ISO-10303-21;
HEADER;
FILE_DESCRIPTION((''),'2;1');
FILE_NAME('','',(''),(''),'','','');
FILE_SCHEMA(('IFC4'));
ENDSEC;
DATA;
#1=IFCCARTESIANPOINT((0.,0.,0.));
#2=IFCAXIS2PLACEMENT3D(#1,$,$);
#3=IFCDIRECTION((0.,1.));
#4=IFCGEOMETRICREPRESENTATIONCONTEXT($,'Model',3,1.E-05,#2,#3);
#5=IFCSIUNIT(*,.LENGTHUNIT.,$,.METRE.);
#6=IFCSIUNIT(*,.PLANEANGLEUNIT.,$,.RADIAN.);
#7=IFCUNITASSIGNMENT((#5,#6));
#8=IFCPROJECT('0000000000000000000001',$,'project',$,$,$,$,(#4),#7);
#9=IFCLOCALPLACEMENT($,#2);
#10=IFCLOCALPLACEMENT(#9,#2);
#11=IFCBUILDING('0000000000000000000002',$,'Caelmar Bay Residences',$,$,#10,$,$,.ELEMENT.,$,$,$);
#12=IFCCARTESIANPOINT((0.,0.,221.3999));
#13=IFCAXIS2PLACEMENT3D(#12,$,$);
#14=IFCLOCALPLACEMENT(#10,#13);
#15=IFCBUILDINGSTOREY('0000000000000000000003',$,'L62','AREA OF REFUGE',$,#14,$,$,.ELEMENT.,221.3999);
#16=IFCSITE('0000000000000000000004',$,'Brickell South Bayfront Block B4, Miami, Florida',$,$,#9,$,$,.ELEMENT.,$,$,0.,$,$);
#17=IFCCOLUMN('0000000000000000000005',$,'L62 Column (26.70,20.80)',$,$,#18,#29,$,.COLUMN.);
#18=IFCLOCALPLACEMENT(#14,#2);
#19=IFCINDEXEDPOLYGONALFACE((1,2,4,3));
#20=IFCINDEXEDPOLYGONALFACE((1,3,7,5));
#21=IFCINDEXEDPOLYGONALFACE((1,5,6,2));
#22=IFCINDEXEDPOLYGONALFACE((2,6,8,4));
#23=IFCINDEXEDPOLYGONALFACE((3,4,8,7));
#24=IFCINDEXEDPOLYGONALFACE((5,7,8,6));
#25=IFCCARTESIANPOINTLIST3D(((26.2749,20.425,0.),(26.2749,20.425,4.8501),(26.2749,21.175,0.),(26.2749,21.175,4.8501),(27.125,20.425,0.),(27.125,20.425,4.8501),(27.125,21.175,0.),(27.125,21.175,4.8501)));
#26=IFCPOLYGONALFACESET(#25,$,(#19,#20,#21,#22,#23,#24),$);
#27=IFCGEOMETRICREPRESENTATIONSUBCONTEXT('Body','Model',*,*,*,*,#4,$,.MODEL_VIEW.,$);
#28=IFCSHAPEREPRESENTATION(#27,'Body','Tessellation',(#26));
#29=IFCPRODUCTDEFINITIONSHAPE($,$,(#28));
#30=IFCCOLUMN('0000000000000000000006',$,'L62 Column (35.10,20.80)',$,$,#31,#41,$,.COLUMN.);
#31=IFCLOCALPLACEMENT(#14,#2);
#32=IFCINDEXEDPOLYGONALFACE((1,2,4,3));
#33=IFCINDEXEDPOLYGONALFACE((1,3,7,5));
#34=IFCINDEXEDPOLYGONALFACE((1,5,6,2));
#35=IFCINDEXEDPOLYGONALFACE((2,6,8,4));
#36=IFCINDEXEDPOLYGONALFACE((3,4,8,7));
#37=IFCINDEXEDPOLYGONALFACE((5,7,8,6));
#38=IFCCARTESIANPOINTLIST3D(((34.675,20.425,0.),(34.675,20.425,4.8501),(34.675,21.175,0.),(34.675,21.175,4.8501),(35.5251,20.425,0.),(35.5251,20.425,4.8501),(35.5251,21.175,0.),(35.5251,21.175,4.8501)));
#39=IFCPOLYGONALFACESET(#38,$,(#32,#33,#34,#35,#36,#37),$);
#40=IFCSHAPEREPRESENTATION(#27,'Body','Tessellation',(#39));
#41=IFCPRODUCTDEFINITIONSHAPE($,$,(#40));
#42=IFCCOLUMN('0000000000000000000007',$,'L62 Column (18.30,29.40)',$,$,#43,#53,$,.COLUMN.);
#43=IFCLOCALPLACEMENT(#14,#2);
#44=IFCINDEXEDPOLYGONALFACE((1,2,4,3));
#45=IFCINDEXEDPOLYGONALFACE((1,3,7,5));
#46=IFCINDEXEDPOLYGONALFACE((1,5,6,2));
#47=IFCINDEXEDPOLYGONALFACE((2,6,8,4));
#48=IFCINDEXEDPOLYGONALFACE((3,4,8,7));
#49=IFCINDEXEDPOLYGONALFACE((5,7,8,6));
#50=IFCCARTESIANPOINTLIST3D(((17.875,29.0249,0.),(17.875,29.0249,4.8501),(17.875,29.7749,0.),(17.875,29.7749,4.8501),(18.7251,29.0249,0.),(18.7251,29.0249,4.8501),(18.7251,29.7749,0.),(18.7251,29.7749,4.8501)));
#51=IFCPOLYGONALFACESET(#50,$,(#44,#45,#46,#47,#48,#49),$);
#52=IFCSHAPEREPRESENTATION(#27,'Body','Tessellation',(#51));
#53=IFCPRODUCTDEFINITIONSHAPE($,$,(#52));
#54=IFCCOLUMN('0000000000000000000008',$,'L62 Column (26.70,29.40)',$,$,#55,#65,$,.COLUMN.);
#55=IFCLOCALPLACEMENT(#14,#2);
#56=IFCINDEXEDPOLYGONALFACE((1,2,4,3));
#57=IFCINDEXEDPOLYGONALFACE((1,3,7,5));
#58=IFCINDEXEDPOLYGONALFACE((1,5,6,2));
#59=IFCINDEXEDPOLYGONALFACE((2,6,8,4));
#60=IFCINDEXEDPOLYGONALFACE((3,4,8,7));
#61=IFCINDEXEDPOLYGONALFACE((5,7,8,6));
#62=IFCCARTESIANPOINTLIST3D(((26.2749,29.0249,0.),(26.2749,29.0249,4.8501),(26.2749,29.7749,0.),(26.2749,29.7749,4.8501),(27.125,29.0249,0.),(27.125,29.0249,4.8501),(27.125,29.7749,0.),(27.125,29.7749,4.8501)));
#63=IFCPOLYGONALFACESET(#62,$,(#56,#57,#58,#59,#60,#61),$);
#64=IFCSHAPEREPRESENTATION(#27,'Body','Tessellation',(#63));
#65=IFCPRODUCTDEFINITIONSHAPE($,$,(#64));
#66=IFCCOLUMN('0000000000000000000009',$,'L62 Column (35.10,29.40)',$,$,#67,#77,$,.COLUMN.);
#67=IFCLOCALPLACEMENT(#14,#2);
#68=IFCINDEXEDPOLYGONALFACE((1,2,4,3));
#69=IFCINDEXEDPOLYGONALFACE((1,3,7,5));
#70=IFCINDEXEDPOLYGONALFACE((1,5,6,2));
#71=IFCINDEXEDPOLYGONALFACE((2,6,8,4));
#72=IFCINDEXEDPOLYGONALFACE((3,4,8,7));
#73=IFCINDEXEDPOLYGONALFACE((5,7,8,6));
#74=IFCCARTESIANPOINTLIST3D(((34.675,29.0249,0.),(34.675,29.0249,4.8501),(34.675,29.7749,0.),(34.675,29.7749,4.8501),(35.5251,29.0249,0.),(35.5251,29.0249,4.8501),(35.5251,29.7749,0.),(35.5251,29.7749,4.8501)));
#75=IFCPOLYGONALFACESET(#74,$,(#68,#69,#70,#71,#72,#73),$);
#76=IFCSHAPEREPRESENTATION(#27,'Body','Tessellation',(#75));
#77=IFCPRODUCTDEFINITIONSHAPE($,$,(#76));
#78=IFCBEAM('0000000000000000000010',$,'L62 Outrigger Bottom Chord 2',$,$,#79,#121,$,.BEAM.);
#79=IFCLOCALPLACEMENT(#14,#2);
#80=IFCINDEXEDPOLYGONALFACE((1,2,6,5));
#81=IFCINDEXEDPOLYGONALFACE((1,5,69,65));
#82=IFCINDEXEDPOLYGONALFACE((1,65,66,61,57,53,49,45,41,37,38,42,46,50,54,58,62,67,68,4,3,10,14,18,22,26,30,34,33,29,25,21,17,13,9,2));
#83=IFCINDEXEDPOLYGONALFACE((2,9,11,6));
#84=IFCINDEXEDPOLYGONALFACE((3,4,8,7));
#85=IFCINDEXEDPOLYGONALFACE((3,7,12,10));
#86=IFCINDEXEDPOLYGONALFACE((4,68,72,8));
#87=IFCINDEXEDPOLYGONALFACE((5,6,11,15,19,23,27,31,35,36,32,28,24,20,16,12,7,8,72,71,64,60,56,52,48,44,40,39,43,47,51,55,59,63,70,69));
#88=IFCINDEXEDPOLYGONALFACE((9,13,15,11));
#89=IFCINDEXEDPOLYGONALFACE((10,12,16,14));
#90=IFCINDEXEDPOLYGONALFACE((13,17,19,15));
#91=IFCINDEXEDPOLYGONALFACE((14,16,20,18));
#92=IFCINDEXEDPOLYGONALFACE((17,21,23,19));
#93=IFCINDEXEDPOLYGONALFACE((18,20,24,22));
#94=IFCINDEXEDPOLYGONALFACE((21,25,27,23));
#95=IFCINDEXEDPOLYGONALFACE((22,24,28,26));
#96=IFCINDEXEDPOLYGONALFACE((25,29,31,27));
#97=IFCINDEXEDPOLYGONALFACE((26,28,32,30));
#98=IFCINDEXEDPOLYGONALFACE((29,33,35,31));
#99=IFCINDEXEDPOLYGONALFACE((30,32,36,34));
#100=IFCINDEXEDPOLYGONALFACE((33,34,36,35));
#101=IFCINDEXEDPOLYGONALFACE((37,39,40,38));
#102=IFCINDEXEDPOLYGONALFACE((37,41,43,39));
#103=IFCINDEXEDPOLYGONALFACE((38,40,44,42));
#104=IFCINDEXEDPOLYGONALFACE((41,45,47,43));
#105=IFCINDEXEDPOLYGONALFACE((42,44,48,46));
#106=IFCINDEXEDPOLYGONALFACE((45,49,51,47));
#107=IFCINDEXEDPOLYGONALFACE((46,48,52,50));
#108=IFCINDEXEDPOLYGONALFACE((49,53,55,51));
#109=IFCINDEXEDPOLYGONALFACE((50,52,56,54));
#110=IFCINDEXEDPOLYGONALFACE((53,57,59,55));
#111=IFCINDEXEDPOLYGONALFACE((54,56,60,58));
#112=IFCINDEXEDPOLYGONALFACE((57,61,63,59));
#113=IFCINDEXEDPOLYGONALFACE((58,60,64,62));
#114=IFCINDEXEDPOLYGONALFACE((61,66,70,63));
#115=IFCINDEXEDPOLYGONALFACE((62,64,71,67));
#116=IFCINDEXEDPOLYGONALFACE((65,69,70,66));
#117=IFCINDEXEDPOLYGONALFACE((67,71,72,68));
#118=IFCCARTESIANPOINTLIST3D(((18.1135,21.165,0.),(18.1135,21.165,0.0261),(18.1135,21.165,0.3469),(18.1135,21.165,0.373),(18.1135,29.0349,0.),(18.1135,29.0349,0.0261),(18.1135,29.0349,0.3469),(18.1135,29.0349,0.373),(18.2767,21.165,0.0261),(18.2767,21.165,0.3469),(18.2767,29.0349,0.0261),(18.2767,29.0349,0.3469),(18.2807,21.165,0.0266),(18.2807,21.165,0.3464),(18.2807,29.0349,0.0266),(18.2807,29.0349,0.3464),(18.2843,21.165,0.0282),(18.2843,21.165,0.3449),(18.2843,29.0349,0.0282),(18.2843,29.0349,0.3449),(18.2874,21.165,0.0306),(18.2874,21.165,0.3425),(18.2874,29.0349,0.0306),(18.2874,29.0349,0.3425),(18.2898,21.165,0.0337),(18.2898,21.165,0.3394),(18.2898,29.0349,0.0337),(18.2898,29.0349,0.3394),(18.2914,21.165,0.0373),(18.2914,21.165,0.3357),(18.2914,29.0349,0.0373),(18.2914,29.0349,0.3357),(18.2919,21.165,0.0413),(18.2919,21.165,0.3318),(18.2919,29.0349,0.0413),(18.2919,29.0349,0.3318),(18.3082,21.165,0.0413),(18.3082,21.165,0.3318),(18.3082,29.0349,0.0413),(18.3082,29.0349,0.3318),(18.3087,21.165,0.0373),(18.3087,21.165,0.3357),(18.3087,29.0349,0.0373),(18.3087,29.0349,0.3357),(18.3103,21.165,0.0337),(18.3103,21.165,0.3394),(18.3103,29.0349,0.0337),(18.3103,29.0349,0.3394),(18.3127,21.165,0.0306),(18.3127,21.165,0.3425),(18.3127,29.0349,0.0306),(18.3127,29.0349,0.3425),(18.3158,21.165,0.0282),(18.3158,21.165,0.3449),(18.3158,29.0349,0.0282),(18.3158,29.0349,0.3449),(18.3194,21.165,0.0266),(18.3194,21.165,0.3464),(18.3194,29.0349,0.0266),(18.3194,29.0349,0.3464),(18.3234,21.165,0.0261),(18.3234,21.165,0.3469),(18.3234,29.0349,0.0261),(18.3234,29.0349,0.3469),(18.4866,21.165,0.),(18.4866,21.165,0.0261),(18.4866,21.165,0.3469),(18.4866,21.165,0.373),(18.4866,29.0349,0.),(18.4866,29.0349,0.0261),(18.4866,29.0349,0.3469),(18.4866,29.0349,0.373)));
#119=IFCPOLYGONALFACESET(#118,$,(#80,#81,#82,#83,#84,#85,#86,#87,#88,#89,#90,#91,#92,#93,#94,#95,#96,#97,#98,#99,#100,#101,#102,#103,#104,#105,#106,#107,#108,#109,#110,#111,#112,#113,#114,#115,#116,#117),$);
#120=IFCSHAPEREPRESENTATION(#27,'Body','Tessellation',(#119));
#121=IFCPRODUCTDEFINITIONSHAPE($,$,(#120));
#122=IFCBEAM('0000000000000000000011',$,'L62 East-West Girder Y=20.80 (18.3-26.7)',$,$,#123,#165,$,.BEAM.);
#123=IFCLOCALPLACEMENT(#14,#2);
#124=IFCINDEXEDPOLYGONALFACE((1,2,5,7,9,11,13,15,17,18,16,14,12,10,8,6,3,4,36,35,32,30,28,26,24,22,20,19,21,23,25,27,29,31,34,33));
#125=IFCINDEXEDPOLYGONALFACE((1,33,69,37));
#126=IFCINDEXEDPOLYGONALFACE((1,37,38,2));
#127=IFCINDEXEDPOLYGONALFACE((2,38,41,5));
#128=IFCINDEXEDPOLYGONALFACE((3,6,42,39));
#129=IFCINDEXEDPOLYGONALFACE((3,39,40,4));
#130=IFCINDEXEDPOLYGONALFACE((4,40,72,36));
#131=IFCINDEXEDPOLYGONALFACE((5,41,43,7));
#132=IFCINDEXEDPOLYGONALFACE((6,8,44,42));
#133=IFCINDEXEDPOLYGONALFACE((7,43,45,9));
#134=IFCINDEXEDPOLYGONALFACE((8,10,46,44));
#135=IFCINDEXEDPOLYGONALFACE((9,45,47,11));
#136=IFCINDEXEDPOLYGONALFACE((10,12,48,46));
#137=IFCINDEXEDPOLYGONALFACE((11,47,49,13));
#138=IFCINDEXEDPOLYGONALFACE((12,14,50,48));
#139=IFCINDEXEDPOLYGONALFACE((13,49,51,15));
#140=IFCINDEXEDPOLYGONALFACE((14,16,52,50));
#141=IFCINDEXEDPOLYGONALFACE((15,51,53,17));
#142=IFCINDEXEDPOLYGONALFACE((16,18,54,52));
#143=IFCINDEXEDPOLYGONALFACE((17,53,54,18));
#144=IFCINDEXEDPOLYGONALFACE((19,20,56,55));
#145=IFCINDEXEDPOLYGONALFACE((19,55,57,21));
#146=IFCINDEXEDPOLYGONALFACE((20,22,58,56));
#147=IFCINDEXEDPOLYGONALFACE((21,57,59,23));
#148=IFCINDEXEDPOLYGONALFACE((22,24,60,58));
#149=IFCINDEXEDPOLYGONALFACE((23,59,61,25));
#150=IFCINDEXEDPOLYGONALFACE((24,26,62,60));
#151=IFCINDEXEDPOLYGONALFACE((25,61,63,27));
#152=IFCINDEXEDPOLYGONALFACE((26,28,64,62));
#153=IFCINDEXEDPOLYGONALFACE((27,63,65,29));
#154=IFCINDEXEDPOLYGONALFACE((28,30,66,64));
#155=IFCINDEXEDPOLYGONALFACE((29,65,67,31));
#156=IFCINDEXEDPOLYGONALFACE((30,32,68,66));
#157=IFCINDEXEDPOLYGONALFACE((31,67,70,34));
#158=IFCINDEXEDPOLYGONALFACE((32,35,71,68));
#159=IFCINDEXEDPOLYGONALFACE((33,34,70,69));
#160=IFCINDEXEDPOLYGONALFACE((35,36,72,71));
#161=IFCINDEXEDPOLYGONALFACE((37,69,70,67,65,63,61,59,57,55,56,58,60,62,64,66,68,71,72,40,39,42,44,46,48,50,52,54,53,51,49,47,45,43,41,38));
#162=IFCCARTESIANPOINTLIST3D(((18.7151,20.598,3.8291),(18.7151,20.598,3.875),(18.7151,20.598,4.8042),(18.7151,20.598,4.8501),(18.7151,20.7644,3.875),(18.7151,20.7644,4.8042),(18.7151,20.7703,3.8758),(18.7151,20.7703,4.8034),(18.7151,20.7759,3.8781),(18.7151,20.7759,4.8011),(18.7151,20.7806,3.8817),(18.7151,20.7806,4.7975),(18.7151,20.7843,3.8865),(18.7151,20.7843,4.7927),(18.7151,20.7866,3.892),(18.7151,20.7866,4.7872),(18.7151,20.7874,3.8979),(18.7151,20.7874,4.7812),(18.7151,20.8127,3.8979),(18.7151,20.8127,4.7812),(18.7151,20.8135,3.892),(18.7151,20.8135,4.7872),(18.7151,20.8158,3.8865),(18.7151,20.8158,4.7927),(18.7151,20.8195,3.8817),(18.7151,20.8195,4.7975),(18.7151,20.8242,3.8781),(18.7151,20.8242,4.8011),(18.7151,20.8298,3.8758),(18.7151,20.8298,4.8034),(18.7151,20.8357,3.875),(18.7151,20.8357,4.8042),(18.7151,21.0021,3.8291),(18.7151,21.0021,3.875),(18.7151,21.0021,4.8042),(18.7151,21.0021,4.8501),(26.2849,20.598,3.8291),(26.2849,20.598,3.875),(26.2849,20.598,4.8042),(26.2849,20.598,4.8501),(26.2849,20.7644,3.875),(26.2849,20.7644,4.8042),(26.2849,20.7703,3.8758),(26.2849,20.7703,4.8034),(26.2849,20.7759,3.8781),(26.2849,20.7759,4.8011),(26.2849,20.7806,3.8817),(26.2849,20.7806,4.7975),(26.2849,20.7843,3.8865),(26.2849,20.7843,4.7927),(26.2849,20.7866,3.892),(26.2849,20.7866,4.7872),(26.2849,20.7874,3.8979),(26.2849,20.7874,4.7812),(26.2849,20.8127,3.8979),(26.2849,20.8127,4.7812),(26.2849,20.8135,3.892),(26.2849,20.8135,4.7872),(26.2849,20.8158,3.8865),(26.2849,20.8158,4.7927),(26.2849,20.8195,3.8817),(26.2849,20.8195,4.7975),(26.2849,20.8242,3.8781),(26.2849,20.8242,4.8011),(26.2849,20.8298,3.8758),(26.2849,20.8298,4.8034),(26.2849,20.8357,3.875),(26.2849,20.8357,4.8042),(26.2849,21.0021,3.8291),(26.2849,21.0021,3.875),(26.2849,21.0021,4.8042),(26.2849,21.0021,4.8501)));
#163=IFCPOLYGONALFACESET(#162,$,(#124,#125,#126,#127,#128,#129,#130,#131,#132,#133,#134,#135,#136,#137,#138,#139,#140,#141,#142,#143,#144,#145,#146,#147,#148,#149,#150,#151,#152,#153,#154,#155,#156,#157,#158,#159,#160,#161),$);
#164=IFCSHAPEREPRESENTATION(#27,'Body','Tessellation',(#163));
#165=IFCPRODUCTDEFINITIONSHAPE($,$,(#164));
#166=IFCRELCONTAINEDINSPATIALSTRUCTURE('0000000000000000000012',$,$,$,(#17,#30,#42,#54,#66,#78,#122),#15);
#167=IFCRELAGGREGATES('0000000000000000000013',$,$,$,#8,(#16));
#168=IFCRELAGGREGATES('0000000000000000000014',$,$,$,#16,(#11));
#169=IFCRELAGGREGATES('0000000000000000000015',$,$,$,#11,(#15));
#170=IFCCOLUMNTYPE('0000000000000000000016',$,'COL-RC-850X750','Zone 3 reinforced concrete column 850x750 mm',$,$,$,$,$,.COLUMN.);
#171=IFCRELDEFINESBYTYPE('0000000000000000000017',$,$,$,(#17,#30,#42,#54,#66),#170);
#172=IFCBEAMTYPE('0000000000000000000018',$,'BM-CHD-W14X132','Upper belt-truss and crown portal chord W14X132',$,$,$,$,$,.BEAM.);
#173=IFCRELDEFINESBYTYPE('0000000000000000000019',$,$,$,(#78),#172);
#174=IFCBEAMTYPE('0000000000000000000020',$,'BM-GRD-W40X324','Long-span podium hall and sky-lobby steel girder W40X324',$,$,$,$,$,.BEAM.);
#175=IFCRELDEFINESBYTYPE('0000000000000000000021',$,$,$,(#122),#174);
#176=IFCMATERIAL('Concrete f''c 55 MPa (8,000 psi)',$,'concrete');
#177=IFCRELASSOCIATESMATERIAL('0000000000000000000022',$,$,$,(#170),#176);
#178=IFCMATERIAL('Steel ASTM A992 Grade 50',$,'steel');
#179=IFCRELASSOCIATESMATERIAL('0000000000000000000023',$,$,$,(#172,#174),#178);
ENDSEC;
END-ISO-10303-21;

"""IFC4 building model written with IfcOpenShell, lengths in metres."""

from ifc_helpers import new_model, si_unit, direction, frame, origin, origin_2d, place, context, subcontext, project, spatial, rectangle, i_section, extrude, material, material_profile, profile_set, type_object, element, save


model = new_model("IFC4")

# Units and contexts
model_context = context("Model", 3, precision=1e-05, world=origin(), true_north=direction((0.0, 1.0)))
body_context = subcontext(model_context, "Body", "Model", "MODEL_VIEW")
ifc_project = project(units=[si_unit("LENGTHUNIT", "METRE"), si_unit("PLANEANGLEUNIT", "RADIAN")], contexts=[model_context])

# Site, building, storey
site_placement = place(None, origin())
site = spatial("IfcSite", under=ifc_project, at=site_placement, Name="Brickell South Bayfront Block B4, Miami, Florida", CompositionType="ELEMENT", RefElevation=0.0)
building_placement = place(site_placement, origin())
building = spatial("IfcBuilding", under=site, at=building_placement, Name="Caelmar Bay Residences", CompositionType="ELEMENT")
storey_placement = place(building_placement, frame((0.0, 0.0, 221.3999)))
storey = spatial("IfcBuildingStorey", under=building, at=storey_placement, Name="L62", Description="AREA OF REFUGE", CompositionType="ELEMENT", Elevation=221.3999)

# Columns
ifc_material_1 = material(Name="Concrete f'c 55 MPa (8,000 psi)", Category="concrete")
ifc_material_profile_1 = material_profile(ifc_material_1, rectangle(XDim=0.8501, YDim=0.75, at=origin_2d()), Name="RC-COL-850X750")
ifc_profile_set_1 = profile_set([ifc_material_profile_1], Name="Concrete f'c 55 MPa (8,000 psi)")
column_type = type_object("IfcColumnType", Name="COL-RC-850X750", Description="Zone 3 reinforced concrete column 850x750 mm", PredefinedType="COLUMN", material=ifc_profile_set_1)
for number, where, z_axis, x_axis, name in (
    (1, (26.7, 20.8, 0.0), (0.0, 0.0, 1.0), (1.0, 0.0, 0.0), "L62 Column (26.70,20.80)"),
    (2, (35.1001, 20.8, 0.0), (0.0, 0.0, 1.0), (1.0, 0.0, 0.0), "L62 Column (35.10,20.80)"),
    (3, (18.3, 29.3999, 0.0), (0.0, 0.0, 1.0), (1.0, 0.0, 0.0), "L62 Column (18.30,29.40)"),
    (4, (26.7, 29.3999, 0.0), (0.0, 0.0, 1.0), (1.0, 0.0, 0.0), "L62 Column (26.70,29.40)"),
    (5, (35.1001, 29.3999, 0.0), (0.0, 0.0, 1.0), (1.0, 0.0, 0.0), "L62 Column (35.10,29.40)"),
):
    element("IfcColumn", number, at=place(storey_placement, frame(where, z_axis=z_axis, x_axis=x_axis)), inside=storey, type_object=column_type, Name=name, PredefinedType="COLUMN", context=body_context, shape_type="SweptSolid", body=[
        extrude(rectangle(XDim=0.8501, YDim=0.75, at=origin_2d()), origin(), (0.0, 0.0, 1.0), 4.8501),
    ])

# Beams
ifc_material_2 = material(Name="Steel ASTM A992 Grade 50", Category="steel")
ifc_material_profile_2 = material_profile(ifc_material_2, i_section(OverallWidth=0.373, OverallDepth=0.373, WebThickness=0.0164, FlangeThickness=0.0261, FilletRadius=0.0151, at=origin_2d()), Name="W14X132")
ifc_profile_set_2 = profile_set([ifc_material_profile_2], Name="Steel ASTM A992 Grade 50")
beam_type_1 = type_object("IfcBeamType", Name="BM-CHD-W14X132", Description="Upper belt-truss and crown portal chord W14X132", PredefinedType="BEAM", material=ifc_profile_set_2)
beam_1_placement = place(storey_placement, frame((18.3, 21.165, 0.1865), z_axis=(0.0, 1.0, 0.0), x_axis=(-1.0, 0.0, 0.0)))
element("IfcBeam", 6, at=beam_1_placement, inside=storey, type_object=beam_type_1, Name="L62 Outrigger Bottom Chord 2", PredefinedType="BEAM", context=body_context, shape_type="SweptSolid", body=[
    extrude(i_section(OverallWidth=0.373, OverallDepth=0.373, WebThickness=0.0164, FlangeThickness=0.0261, FilletRadius=0.0151, at=origin_2d()), origin(), (0.0, 0.0, 1.0), 7.8699),
])
ifc_material_profile_3 = material_profile(ifc_material_2, i_section(OverallWidth=0.4041, OverallDepth=1.021, WebThickness=0.0254, FlangeThickness=0.0459, FilletRadius=0.0229, at=origin_2d()), Name="W40X324")
ifc_profile_set_3 = profile_set([ifc_material_profile_3], Name="Steel ASTM A992 Grade 50")
beam_type_2 = type_object("IfcBeamType", Name="BM-GRD-W40X324", Description="Long-span podium hall and sky-lobby steel girder W40X324", PredefinedType="BEAM", material=ifc_profile_set_3)
beam_2_placement = place(storey_placement, frame((18.7151, 20.8, 4.3396), z_axis=(1.0, 0.0, 0.0), x_axis=(0.0, 1.0, 0.0)))
element("IfcBeam", 7, at=beam_2_placement, inside=storey, type_object=beam_type_2, Name="L62 East-West Girder Y=20.80 (18.3-26.7)", PredefinedType="BEAM", context=body_context, shape_type="SweptSolid", body=[
    extrude(i_section(OverallWidth=0.4041, OverallDepth=1.021, WebThickness=0.0254, FlangeThickness=0.0459, FilletRadius=0.0229, at=origin_2d()), origin(), (0.0, 0.0, 1.0), 7.5698),
])

save(model, "model.ifc")
